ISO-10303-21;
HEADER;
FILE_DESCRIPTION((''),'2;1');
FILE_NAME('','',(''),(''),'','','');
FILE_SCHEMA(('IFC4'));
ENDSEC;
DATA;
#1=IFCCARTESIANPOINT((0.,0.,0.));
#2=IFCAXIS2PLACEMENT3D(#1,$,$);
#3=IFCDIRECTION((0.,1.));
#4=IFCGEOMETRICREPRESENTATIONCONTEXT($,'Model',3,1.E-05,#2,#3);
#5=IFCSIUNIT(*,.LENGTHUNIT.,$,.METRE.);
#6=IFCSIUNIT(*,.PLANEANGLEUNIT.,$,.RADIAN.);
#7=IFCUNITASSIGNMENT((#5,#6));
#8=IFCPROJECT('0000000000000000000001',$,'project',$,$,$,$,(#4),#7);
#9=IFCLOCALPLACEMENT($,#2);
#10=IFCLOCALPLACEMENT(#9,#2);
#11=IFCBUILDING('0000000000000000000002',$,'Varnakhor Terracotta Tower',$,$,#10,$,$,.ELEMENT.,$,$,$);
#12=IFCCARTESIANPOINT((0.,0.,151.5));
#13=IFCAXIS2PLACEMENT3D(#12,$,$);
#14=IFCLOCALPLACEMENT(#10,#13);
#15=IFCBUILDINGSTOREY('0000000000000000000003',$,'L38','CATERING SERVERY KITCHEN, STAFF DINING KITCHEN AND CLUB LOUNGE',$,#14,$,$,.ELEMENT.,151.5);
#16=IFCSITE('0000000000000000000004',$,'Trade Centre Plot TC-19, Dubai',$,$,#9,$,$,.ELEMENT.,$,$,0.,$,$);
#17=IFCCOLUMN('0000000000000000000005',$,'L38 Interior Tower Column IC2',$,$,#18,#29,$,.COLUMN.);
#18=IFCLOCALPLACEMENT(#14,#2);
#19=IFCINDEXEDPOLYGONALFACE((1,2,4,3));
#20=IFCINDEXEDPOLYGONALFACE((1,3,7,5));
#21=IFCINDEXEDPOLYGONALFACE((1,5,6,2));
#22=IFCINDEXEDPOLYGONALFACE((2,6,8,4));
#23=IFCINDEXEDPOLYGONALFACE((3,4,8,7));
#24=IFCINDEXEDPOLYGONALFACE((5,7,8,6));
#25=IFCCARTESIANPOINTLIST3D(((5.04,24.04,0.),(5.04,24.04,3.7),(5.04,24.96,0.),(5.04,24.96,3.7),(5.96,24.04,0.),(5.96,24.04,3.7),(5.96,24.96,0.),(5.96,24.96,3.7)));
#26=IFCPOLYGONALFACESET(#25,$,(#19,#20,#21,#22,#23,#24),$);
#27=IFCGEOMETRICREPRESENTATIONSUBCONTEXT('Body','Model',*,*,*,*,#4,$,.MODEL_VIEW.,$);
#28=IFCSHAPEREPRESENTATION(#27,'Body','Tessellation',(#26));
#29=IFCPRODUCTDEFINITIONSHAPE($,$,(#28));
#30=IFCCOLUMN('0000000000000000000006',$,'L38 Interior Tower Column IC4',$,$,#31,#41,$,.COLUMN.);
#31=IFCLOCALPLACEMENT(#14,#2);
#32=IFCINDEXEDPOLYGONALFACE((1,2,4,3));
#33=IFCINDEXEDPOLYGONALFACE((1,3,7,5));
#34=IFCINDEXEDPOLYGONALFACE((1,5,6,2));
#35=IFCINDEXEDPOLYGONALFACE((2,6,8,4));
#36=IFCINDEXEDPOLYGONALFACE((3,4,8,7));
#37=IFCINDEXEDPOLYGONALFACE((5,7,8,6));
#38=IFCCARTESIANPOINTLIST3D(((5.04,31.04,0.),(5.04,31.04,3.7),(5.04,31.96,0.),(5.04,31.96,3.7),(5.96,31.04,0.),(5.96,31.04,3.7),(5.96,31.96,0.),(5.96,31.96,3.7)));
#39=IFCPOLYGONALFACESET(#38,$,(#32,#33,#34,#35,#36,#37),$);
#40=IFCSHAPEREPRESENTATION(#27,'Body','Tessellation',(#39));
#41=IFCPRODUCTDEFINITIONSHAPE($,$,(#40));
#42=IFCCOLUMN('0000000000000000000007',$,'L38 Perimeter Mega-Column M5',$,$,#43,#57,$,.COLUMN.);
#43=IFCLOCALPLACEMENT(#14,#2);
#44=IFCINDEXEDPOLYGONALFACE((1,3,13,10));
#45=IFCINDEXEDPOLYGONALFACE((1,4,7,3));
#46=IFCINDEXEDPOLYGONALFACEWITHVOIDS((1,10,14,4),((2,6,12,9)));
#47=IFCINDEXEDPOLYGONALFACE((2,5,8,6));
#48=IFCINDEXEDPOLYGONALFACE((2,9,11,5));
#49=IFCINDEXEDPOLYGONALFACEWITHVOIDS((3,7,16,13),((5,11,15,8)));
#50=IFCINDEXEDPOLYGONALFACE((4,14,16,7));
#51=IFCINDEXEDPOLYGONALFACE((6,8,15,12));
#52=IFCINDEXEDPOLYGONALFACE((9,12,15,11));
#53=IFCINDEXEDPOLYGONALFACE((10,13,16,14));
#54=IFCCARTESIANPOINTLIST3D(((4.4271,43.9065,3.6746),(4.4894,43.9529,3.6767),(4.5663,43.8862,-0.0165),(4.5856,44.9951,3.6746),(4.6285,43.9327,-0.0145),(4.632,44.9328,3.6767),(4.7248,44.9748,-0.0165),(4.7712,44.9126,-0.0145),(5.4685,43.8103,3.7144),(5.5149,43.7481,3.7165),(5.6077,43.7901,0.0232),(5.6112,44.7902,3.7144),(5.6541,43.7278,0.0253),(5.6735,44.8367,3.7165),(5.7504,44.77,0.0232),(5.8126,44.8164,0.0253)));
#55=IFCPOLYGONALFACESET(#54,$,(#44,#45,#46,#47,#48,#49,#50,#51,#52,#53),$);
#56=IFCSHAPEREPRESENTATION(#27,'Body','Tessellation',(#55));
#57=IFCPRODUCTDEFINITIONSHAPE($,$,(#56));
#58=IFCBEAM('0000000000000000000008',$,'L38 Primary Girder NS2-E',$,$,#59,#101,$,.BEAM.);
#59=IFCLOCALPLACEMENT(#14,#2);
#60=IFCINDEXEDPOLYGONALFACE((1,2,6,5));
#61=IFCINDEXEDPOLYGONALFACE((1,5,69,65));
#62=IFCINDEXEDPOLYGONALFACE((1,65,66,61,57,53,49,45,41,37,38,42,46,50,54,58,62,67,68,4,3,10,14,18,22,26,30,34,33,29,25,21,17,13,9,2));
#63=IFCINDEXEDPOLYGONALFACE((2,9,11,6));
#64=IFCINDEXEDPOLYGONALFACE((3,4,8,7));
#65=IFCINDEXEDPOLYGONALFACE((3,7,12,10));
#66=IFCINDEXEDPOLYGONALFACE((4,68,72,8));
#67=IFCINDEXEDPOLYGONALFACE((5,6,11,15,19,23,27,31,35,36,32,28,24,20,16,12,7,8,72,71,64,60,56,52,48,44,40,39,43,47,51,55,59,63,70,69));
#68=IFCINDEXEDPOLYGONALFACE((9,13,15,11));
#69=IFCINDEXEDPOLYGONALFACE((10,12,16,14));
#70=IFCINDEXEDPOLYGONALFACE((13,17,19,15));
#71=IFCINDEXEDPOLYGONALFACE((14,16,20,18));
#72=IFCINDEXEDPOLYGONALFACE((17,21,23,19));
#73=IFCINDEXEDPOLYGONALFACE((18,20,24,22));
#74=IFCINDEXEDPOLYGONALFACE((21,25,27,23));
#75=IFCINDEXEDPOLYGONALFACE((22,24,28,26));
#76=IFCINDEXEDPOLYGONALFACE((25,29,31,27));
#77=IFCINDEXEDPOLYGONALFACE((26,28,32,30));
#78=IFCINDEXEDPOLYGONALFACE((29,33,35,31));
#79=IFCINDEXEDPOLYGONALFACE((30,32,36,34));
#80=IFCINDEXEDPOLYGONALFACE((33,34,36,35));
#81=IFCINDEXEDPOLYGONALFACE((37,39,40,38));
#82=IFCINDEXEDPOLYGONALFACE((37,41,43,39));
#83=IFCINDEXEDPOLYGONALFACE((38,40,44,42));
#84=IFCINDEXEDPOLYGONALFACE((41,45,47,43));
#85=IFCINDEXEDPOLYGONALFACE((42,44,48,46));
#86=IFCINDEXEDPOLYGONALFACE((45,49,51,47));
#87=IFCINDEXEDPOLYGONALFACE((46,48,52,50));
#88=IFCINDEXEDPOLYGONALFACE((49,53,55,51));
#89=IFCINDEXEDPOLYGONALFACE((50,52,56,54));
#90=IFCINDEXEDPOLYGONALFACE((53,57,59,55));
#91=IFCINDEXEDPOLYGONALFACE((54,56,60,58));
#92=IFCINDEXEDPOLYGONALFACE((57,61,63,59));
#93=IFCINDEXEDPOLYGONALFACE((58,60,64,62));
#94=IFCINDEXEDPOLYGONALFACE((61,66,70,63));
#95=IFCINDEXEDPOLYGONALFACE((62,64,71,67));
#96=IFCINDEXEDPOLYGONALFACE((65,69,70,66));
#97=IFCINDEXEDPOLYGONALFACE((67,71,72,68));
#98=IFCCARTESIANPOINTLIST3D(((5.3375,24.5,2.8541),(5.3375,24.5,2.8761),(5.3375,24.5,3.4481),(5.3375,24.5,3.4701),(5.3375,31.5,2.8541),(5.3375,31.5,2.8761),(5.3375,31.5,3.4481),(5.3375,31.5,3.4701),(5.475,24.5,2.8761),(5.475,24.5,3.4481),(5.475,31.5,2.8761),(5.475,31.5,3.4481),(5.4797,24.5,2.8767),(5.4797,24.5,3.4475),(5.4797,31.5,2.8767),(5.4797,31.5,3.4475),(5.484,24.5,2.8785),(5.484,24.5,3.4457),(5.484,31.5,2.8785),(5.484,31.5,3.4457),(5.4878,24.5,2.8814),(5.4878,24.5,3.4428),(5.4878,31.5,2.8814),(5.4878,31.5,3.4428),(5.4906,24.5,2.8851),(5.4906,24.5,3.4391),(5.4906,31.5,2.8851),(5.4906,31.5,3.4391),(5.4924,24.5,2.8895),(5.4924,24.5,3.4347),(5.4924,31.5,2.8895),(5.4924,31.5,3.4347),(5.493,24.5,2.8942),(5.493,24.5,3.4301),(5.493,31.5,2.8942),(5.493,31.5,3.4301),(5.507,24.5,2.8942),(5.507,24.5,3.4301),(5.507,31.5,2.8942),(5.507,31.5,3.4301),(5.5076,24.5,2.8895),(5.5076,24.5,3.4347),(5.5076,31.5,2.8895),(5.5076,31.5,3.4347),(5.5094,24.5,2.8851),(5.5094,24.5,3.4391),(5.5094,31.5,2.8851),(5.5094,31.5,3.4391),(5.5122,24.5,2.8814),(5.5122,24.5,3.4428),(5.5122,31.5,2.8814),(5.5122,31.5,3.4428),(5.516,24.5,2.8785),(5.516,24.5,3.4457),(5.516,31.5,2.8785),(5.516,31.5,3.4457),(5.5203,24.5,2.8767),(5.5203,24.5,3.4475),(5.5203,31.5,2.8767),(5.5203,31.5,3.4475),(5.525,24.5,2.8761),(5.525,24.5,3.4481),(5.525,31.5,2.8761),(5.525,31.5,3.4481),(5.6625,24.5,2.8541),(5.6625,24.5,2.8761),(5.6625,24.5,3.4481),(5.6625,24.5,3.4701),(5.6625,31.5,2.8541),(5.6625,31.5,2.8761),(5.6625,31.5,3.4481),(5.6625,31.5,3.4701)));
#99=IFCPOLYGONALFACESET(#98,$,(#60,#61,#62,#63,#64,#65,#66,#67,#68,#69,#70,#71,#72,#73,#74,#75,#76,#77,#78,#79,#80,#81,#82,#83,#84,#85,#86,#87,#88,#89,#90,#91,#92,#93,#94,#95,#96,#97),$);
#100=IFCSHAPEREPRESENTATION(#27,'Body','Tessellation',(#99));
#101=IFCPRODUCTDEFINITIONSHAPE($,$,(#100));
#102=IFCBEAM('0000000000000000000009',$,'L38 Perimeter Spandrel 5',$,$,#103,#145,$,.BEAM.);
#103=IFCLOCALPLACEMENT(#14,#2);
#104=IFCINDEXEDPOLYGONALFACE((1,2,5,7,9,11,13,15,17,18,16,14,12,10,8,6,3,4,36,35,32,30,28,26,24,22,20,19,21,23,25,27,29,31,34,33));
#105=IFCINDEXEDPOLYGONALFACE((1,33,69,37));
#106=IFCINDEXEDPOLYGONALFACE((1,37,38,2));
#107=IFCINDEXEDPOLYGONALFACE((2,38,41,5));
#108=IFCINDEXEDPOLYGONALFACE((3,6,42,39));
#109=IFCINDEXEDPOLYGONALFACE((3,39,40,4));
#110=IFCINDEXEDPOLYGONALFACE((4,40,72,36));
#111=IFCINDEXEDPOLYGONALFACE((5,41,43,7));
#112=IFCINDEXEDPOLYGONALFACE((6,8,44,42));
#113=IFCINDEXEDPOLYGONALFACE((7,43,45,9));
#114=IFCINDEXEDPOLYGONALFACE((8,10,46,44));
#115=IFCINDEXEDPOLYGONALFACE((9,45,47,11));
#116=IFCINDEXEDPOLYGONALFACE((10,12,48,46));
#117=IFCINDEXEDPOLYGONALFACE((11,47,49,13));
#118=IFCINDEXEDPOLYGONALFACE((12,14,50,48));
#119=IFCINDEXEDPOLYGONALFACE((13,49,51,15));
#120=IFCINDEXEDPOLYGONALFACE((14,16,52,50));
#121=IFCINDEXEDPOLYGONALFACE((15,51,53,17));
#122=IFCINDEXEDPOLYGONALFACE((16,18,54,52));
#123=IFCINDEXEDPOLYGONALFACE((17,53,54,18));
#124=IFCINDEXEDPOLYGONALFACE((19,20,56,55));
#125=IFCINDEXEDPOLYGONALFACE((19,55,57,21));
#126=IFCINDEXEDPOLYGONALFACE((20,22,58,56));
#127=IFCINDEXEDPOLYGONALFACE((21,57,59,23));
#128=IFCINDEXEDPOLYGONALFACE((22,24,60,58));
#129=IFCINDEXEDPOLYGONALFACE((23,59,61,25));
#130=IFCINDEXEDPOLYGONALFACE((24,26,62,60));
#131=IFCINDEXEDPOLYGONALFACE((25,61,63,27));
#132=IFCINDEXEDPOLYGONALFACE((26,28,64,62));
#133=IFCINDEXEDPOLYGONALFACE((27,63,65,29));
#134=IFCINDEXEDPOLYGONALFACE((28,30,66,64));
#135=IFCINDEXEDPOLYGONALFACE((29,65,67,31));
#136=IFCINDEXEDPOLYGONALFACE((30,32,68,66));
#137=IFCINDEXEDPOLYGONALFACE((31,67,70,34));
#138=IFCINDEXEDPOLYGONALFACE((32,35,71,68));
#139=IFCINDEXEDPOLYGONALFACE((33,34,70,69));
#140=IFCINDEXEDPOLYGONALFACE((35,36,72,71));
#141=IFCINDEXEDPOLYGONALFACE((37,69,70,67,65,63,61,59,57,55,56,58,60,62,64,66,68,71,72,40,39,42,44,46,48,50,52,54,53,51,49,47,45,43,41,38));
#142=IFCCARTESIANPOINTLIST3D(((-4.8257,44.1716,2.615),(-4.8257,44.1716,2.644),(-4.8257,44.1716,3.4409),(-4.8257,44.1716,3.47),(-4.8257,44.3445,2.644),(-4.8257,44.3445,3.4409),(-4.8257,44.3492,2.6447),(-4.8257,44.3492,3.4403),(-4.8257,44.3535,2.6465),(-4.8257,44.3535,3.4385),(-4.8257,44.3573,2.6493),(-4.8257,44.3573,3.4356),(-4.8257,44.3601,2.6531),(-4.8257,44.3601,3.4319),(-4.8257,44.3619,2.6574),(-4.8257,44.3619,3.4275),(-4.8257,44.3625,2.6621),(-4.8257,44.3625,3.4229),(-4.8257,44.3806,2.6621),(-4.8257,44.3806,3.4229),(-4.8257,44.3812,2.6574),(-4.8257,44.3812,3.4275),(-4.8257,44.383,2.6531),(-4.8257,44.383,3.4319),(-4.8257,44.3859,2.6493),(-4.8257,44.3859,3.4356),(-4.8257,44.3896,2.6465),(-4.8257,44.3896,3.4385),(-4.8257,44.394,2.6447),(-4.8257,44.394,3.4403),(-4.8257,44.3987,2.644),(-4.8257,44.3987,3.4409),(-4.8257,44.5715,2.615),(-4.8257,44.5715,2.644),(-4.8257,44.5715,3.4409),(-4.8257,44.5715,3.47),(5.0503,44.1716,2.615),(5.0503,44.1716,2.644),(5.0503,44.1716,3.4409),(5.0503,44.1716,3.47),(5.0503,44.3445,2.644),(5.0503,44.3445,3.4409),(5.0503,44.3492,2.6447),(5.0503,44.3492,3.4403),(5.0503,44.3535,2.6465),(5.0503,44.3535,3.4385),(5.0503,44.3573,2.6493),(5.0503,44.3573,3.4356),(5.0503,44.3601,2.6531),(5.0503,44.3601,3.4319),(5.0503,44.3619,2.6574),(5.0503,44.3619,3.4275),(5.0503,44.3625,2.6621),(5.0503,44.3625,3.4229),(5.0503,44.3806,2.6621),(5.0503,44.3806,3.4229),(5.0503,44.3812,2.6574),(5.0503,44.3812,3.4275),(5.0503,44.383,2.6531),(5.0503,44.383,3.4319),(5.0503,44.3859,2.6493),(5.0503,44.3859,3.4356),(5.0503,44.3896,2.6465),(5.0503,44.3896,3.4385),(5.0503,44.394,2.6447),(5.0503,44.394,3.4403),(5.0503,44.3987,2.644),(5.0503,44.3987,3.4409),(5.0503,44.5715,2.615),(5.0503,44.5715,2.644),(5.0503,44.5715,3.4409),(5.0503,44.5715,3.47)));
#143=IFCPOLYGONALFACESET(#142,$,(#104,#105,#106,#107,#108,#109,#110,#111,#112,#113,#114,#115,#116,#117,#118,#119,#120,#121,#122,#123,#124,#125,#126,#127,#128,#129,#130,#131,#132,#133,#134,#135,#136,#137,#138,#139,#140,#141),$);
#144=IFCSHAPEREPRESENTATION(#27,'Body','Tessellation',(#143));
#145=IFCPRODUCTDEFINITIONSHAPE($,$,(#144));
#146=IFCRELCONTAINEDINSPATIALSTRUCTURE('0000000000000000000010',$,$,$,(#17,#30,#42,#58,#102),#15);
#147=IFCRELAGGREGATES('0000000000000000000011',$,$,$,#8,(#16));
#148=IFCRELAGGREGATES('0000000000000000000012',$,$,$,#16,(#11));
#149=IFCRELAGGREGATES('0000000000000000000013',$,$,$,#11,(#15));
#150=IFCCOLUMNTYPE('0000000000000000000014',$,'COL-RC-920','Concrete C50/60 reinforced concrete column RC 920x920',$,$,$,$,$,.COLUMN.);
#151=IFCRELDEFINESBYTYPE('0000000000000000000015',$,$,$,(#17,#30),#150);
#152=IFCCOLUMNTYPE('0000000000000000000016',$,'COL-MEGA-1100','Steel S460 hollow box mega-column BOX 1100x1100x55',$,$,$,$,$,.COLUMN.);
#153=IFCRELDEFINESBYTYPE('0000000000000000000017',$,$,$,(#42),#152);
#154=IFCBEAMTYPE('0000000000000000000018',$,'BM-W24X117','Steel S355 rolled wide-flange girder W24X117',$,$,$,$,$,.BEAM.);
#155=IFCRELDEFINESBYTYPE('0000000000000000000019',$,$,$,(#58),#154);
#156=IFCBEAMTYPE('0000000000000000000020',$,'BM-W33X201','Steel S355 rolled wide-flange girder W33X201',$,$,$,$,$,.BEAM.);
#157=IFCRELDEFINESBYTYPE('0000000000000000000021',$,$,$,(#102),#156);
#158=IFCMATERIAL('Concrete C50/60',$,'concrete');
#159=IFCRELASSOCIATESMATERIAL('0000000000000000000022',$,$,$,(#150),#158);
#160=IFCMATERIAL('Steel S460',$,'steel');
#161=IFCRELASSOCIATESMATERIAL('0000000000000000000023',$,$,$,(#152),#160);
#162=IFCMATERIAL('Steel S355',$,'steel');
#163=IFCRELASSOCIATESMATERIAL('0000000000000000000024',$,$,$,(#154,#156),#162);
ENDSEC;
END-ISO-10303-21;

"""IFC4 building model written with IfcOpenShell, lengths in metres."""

from ifc_helpers import new_model, si_unit, direction, frame, origin, origin_2d, place, context, subcontext, project, spatial, rectangle, hollow_rectangle, i_section, extrude, source, transform, mapped, material, material_profile, profile_set, type_object, element, save


model = new_model("IFC4")

# Units and contexts
model_context = context("Model", 3, precision=1e-05, world=origin(), true_north=direction((0.0, 1.0)))
body_context = subcontext(model_context, "Body", "Model", "MODEL_VIEW")
ifc_project = project(units=[si_unit("LENGTHUNIT", "METRE"), si_unit("PLANEANGLEUNIT", "RADIAN")], contexts=[model_context])

# Site, building, storey
site_placement = place(None, origin())
site = spatial("IfcSite", under=ifc_project, at=site_placement, Name="Trade Centre Plot TC-19, Dubai", CompositionType="ELEMENT", RefElevation=0.0)
building_placement = place(site_placement, origin())
building = spatial("IfcBuilding", under=site, at=building_placement, Name="Varnakhor Terracotta Tower", CompositionType="ELEMENT")
storey_placement = place(building_placement, frame((0.0, 0.0, 151.5)))
storey = spatial("IfcBuildingStorey", under=building, at=storey_placement, Name="L38", Description="CATERING SERVERY KITCHEN, STAFF DINING KITCHEN AND CLUB LOUNGE", CompositionType="ELEMENT", Elevation=151.5)

# Columns
ifc_material_1 = material(Name="Concrete C50/60", Category="concrete")
ifc_material_profile_1 = material_profile(ifc_material_1, rectangle(XDim=0.9199, YDim=0.9199, at=origin_2d()), Name="RC 920x920")
ifc_profile_set_1 = profile_set([ifc_material_profile_1], Name="Concrete C50/60")
column_type_1 = type_object("IfcColumnType", Name="COL-RC-920", Description="Concrete C50/60 reinforced concrete column RC 920x920", PredefinedType="COLUMN", material=ifc_profile_set_1)
shared_shape_1 = source(origin(), body_context, "Body", "SweptSolid", [
    extrude(rectangle(XDim=0.9199, YDim=0.9199, at=origin_2d()), origin(), (0.0, 0.0, 1.0), 3.7),
])
for number, where, z_axis, x_axis, name in (
    (1, (5.5, 24.5, 0.0), (0.0, 0.0, 1.0), (1.0, 0.0, 0.0), "L38 Interior Tower Column IC2"),
    (2, (5.5, 31.5, 0.0), (0.0, 0.0, 1.0), (1.0, 0.0, 0.0), "L38 Interior Tower Column IC4"),
):
    element("IfcColumn", number, at=place(storey_placement, frame(where, z_axis=z_axis, x_axis=x_axis)), inside=storey, type_object=column_type_1, Name=name, PredefinedType="COLUMN", context=body_context, shape_type="MappedRepresentation", body=[
        mapped(shared_shape_1, transform((0.0, 0.0, 0.0), scale=1.0)),
    ])
ifc_material_2 = material(Name="Steel S460", Category="steel")
ifc_material_profile_2 = material_profile(ifc_material_2, hollow_rectangle(XDim=1.1001, YDim=1.1001, WallThickness=0.0549, at=origin_2d()), Name="BOX 1100x1100x55")
ifc_profile_set_2 = profile_set([ifc_material_profile_2], Name="Steel S460")
column_type_2 = type_object("IfcColumnType", Name="COL-MEGA-1100", Description="Steel S460 hollow box mega-column BOX 1100x1100x55", PredefinedType="COLUMN", material=ifc_profile_set_2)
shared_shape_2 = source(origin(), body_context, "Body", "SweptSolid", [
    extrude(hollow_rectangle(XDim=1.1001, YDim=1.1001, WallThickness=0.0549, at=origin_2d()), origin(), (0.0, 0.0, 1.0), 3.6938),
])
column_placement = place(storey_placement, frame((5.1895, 44.3513, 0.0044), z_axis=(-0.037674, 0.005486, 0.999275), x_axis=(-0.144094, -0.989564, 0.0)))
element("IfcColumn", 3, at=column_placement, inside=storey, type_object=column_type_2, Name="L38 Perimeter Mega-Column M5", PredefinedType="COLUMN", context=body_context, shape_type="MappedRepresentation", body=[
    mapped(shared_shape_2, transform((0.0, 0.0, 0.0), scale=1.0)),
])

# Beams
ifc_material_3 = material(Name="Steel S355", Category="steel")
ifc_material_profile_3 = material_profile(ifc_material_3, i_section(OverallWidth=0.325, OverallDepth=0.616, WebThickness=0.0139, FlangeThickness=0.022, FilletRadius=0.0181, at=origin_2d()), Name="W24X117")
ifc_profile_set_3 = profile_set([ifc_material_profile_3], Name="Steel S355")
beam_type_1 = type_object("IfcBeamType", Name="BM-W24X117", Description="Steel S355 rolled wide-flange girder W24X117", PredefinedType="BEAM", material=ifc_profile_set_3)
shared_shape_3 = source(origin(), body_context, "Body", "SweptSolid", [
    extrude(i_section(OverallWidth=0.325, OverallDepth=0.616, WebThickness=0.0139, FlangeThickness=0.022, FilletRadius=0.0181, at=origin_2d()), origin(), (0.0, 0.0, 1.0), 7.0),
])
beam_1_placement = place(storey_placement, frame((5.5, 24.5, 3.1621), z_axis=(0.0, 1.0, 0.0), x_axis=(-1.0, 0.0, 0.0)))
element("IfcBeam", 4, at=beam_1_placement, inside=storey, type_object=beam_type_1, Name="L38 Primary Girder NS2-E", PredefinedType="BEAM", context=body_context, shape_type="MappedRepresentation", body=[
    mapped(shared_shape_3, transform((0.0, 0.0, 0.0), scale=1.0)),
])
ifc_material_profile_4 = material_profile(ifc_material_3, i_section(OverallWidth=0.3999, OverallDepth=0.855, WebThickness=0.0181, FlangeThickness=0.0291, FilletRadius=0.0181, at=origin_2d()), Name="W33X201")
ifc_profile_set_4 = profile_set([ifc_material_profile_4], Name="Steel S355")
beam_type_2 = type_object("IfcBeamType", Name="BM-W33X201", Description="Steel S355 rolled wide-flange girder W33X201", PredefinedType="BEAM", material=ifc_profile_set_4)
shared_shape_4 = source(origin(), body_context, "Body", "SweptSolid", [
    extrude(i_section(OverallWidth=0.3999, OverallDepth=0.855, WebThickness=0.0181, FlangeThickness=0.0291, FilletRadius=0.0181, at=origin_2d()), origin(), (0.0, 0.0, 1.0), 9.876),
])
beam_2_placement = place(storey_placement, frame((5.0503, 44.3716, 3.0425), z_axis=(-1.0, 0.0, 0.0), x_axis=(0.0, -1.0, 0.0)))
element("IfcBeam", 5, at=beam_2_placement, inside=storey, type_object=beam_type_2, Name="L38 Perimeter Spandrel 5", PredefinedType="BEAM", context=body_context, shape_type="MappedRepresentation", body=[
    mapped(shared_shape_4, transform((0.0, 0.0, 0.0), scale=1.0)),
])

save(model, "model.ifc")
